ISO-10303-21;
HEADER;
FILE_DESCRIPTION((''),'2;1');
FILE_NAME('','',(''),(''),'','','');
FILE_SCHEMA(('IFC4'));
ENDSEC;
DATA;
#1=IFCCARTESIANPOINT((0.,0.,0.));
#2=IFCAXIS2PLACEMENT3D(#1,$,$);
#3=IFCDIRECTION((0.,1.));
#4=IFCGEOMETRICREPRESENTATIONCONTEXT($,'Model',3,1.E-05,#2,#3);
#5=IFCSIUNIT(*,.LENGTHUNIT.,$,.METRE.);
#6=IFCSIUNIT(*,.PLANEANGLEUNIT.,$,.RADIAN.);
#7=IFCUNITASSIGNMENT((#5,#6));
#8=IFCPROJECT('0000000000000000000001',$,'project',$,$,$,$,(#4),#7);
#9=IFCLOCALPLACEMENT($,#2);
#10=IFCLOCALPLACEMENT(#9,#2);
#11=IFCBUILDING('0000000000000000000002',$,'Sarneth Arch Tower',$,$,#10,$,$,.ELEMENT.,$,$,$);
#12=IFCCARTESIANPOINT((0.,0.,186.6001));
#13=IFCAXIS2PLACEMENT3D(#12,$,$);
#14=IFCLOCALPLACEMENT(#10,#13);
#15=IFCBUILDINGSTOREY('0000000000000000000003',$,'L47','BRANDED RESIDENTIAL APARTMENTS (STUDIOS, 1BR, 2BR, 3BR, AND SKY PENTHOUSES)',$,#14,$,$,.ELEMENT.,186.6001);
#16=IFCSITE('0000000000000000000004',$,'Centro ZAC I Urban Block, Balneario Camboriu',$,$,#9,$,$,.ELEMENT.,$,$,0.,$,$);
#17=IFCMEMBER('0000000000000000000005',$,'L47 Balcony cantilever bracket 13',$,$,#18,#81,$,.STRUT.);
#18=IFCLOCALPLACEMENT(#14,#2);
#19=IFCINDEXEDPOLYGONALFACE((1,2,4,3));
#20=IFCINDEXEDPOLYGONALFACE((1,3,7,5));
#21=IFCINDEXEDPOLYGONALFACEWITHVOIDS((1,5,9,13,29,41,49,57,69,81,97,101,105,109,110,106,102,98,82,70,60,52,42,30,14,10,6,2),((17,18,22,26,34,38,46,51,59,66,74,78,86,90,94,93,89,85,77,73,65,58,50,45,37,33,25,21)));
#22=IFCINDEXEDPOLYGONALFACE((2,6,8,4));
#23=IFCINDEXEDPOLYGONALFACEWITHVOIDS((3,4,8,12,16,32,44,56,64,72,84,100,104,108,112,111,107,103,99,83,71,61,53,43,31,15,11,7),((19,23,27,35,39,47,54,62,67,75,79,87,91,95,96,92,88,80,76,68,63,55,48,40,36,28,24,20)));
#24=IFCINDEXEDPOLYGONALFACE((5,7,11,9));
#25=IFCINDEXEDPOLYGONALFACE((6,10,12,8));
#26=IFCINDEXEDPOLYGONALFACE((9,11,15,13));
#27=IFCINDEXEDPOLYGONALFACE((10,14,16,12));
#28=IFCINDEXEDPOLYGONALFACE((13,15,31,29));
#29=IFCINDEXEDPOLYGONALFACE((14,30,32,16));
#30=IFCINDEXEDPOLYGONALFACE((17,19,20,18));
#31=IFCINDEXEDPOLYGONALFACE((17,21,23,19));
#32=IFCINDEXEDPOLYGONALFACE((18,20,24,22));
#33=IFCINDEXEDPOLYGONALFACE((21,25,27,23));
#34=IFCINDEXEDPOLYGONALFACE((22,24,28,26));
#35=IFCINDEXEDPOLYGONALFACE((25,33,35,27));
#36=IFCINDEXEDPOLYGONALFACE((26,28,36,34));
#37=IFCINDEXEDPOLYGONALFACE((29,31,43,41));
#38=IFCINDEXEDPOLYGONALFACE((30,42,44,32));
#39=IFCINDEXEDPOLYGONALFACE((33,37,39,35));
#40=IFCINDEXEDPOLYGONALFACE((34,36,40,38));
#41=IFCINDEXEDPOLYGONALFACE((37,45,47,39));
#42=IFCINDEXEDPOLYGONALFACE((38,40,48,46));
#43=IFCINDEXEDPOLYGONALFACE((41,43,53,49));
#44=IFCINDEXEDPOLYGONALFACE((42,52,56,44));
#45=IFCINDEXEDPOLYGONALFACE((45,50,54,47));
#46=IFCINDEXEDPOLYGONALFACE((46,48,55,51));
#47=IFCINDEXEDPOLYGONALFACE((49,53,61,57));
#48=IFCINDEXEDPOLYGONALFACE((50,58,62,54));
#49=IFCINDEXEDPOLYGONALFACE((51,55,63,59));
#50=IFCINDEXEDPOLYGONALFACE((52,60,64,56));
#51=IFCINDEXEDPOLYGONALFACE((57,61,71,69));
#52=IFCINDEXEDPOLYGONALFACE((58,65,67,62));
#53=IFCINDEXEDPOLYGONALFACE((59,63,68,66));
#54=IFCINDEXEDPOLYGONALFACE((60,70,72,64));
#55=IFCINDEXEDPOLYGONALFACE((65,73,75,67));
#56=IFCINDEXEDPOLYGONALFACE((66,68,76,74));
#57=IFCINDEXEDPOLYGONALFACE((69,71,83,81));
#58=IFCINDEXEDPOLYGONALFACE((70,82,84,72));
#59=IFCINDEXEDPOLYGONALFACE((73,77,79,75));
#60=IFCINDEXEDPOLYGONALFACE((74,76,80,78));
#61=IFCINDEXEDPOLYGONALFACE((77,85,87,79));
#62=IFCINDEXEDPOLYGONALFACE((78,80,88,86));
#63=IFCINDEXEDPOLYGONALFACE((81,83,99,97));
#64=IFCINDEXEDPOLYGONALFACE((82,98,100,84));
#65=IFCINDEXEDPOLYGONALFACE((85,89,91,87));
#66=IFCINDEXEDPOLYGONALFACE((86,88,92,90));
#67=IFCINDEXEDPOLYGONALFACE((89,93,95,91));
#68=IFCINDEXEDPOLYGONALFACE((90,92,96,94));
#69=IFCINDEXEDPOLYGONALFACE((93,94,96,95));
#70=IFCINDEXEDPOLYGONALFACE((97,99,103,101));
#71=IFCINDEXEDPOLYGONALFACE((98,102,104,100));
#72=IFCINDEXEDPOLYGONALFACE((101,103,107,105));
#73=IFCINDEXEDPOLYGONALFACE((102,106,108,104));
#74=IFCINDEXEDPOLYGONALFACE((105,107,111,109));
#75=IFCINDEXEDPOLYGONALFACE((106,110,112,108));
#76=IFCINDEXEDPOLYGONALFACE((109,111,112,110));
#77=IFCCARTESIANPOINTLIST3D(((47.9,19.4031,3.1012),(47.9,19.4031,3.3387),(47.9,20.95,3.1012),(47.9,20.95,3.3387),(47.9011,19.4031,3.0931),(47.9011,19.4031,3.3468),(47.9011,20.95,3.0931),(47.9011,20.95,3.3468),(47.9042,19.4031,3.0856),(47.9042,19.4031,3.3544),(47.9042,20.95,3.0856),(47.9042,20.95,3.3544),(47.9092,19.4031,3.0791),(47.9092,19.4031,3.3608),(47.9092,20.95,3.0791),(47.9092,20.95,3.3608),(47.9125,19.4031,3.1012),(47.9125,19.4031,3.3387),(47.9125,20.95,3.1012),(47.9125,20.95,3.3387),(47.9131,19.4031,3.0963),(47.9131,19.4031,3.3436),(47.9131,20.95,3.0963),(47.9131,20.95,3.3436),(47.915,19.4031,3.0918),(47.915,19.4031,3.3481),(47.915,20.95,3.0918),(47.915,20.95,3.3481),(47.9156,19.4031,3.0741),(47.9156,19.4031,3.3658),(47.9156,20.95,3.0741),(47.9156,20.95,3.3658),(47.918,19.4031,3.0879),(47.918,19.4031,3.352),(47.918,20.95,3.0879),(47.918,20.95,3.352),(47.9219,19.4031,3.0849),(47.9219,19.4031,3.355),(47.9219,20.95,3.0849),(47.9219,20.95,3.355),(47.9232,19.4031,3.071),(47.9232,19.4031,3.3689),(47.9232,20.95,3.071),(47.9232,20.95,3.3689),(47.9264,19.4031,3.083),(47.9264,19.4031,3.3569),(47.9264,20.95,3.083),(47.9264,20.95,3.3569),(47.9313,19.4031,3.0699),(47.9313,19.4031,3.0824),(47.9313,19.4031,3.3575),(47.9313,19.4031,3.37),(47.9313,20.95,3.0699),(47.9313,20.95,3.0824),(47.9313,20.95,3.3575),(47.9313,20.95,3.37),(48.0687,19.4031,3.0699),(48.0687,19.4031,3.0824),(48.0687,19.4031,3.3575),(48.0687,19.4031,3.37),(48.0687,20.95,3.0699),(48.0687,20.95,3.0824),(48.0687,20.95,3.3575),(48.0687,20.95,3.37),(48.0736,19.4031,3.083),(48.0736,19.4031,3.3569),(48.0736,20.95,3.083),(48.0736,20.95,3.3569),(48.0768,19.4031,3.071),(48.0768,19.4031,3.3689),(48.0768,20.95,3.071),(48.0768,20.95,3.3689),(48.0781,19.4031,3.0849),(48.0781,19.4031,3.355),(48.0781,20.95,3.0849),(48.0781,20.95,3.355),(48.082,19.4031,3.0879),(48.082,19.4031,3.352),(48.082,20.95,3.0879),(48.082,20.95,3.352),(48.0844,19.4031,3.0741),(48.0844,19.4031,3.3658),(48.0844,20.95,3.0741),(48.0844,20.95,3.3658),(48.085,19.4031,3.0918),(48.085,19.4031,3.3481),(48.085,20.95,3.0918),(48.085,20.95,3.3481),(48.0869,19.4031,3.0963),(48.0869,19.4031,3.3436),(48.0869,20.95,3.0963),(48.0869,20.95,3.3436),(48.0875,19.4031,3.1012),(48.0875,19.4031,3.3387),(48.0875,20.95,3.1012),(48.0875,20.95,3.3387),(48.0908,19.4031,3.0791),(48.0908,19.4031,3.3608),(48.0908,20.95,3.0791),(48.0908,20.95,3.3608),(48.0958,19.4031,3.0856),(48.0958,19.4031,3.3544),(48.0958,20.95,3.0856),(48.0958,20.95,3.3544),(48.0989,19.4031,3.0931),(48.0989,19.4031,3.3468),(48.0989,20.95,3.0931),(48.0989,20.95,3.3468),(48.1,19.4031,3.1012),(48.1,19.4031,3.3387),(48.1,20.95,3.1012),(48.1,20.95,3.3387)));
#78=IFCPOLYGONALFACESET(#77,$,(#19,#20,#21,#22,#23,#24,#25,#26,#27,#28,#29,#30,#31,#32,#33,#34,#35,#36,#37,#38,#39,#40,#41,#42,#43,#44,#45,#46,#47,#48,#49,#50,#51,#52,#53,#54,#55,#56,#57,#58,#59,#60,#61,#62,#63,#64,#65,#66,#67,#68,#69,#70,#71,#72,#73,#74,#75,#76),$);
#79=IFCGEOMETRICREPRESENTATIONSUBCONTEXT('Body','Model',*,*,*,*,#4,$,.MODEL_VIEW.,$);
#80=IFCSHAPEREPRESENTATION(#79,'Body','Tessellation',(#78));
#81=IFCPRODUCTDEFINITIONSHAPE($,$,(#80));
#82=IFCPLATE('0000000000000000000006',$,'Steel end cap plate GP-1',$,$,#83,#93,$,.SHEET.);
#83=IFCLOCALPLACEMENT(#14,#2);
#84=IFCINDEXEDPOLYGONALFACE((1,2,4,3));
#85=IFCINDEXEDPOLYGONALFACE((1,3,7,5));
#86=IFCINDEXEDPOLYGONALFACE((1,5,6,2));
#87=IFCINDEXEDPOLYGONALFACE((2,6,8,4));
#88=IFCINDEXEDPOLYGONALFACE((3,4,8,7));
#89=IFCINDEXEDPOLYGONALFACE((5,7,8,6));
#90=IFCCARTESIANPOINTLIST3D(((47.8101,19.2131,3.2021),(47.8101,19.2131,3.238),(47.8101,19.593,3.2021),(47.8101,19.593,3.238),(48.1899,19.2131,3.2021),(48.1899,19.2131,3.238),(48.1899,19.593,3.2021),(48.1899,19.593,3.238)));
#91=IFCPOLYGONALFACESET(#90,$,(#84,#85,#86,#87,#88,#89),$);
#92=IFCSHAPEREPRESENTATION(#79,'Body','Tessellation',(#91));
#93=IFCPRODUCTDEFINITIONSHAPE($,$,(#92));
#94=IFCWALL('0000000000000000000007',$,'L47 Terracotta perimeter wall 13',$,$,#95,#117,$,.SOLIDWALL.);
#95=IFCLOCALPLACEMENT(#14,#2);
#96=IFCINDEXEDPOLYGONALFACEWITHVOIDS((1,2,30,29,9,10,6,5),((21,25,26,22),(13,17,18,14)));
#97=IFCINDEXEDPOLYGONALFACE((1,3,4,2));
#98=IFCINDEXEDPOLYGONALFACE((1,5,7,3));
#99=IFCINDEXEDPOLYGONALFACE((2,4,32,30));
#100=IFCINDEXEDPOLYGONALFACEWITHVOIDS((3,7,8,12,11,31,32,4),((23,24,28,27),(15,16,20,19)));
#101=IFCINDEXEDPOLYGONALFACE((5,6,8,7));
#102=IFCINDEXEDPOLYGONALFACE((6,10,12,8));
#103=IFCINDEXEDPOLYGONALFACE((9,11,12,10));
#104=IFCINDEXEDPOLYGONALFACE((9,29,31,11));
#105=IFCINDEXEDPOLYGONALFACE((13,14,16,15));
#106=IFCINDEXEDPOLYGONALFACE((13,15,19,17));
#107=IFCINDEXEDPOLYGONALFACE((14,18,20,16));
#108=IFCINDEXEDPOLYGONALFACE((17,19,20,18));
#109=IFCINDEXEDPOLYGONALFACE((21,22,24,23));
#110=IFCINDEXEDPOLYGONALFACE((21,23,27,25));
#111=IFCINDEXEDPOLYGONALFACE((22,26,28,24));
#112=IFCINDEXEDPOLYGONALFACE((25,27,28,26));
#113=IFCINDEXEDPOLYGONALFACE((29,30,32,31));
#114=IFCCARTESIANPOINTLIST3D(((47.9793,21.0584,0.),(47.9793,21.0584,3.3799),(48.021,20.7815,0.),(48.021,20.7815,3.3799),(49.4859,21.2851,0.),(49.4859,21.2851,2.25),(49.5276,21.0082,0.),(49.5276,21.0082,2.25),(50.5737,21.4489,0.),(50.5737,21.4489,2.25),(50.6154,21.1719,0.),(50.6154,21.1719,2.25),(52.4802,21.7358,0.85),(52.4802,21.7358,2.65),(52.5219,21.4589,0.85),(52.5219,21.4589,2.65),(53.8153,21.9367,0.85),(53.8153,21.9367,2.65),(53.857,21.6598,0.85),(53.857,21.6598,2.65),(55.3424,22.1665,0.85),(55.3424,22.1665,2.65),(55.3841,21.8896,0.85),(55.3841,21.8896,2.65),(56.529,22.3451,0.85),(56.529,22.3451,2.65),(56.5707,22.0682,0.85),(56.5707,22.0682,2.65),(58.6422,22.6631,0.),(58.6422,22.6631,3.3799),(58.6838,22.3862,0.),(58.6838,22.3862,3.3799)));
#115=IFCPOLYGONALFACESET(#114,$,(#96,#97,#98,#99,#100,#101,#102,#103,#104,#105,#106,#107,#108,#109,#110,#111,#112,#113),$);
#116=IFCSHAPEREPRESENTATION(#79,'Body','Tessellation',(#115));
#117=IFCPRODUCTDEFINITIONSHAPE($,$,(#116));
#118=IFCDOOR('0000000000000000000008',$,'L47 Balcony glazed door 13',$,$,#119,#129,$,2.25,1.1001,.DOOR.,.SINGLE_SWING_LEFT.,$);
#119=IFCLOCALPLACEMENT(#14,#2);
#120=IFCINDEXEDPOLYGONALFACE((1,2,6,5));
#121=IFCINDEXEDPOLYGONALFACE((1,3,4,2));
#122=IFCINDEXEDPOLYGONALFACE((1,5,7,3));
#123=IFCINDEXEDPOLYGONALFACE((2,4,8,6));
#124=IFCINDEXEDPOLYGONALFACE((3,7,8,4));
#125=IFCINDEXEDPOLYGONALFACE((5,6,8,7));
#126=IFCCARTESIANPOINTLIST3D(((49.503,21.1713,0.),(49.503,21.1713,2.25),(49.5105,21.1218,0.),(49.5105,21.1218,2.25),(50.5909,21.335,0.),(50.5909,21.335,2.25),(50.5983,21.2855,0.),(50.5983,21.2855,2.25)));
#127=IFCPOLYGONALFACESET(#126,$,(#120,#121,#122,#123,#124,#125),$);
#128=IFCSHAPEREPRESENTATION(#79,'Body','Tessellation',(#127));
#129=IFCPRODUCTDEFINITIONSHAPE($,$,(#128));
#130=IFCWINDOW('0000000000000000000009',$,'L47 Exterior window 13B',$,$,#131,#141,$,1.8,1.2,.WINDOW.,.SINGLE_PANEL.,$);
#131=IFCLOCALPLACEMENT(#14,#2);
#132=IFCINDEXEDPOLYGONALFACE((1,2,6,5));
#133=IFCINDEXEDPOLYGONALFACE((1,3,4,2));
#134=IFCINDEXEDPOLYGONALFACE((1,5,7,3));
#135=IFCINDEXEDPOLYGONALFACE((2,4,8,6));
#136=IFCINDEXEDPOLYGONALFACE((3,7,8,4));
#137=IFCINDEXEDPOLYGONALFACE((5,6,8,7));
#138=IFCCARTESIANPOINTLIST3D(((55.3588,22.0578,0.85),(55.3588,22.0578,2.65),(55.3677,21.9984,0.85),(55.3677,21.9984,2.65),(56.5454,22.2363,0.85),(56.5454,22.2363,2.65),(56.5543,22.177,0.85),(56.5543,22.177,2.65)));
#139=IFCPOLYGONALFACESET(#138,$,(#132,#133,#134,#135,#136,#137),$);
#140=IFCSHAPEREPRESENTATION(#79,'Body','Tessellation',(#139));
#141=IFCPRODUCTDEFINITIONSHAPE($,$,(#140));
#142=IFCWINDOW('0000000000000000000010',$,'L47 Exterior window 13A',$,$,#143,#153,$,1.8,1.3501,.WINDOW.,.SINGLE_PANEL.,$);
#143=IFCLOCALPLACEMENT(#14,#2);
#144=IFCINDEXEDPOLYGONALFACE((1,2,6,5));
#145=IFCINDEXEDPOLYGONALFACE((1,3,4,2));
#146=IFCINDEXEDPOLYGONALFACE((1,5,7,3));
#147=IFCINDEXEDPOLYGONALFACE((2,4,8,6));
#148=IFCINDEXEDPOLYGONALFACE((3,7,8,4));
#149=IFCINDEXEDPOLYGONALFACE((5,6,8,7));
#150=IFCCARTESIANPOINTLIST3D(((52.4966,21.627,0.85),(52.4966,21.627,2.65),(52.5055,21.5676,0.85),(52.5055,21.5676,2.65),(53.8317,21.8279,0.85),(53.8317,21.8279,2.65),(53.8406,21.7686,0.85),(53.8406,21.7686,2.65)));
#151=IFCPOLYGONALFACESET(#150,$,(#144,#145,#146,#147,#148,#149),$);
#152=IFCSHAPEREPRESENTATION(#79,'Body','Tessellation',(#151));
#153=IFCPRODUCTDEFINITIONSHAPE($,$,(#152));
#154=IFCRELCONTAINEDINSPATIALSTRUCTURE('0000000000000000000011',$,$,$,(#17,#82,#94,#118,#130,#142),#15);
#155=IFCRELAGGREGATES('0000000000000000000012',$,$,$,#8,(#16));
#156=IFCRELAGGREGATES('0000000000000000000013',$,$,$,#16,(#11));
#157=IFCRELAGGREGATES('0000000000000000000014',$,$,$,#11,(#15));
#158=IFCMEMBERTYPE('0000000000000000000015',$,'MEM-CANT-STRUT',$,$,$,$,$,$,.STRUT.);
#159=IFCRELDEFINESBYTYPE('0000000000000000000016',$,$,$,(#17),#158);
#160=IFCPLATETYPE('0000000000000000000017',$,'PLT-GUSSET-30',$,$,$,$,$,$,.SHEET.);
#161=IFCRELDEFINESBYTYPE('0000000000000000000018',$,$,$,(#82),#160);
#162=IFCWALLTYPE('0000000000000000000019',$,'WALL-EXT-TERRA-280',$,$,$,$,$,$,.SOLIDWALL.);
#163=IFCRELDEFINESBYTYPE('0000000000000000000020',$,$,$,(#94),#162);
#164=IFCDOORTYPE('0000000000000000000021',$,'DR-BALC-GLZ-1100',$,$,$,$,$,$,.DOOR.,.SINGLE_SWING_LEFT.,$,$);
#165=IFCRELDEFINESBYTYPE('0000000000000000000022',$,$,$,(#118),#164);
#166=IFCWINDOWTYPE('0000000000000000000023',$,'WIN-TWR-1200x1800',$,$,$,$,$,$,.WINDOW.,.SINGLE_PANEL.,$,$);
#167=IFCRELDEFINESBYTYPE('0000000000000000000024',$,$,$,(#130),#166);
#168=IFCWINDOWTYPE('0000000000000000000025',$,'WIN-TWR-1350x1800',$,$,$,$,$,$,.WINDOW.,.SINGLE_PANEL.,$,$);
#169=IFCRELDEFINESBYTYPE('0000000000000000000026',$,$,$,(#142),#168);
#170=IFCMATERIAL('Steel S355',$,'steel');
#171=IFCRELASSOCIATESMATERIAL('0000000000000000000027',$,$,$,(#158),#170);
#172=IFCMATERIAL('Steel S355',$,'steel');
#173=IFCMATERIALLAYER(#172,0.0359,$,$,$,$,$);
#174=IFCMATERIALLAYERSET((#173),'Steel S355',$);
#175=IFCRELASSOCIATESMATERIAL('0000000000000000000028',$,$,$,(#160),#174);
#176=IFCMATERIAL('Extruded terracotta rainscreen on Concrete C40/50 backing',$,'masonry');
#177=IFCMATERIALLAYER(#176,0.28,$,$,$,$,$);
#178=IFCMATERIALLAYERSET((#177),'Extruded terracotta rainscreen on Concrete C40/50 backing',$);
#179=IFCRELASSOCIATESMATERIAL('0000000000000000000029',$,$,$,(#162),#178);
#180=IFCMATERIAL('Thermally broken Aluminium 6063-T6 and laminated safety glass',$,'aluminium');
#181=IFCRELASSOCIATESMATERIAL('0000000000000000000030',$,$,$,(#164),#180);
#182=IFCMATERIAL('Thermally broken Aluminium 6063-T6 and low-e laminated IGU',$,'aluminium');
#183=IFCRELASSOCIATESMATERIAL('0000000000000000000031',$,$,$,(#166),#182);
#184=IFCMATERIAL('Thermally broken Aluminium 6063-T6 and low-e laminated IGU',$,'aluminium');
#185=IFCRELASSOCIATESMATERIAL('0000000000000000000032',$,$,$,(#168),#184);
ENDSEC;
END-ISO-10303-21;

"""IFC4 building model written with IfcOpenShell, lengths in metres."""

from ifc_helpers import new_model, si_unit, direction, frame, frame_2d, origin, origin_2d, place, context, subcontext, project, spatial, rectangle, hollow_rectangle, extrude, material, layer, layer_set, material_profile, profile_set, type_object, element, fill, save


model = new_model("IFC4")

# Units and contexts
model_context = context("Model", 3, precision=1e-05, world=origin(), true_north=direction((0.0, 1.0)))
body_context = subcontext(model_context, "Body", "Model", "MODEL_VIEW")
ifc_project = project(units=[si_unit("LENGTHUNIT", "METRE"), si_unit("PLANEANGLEUNIT", "RADIAN")], contexts=[model_context])

# Site, building, storey
site_placement = place(None, origin())
site = spatial("IfcSite", under=ifc_project, at=site_placement, Name="Centro ZAC I Urban Block, Balneario Camboriu", CompositionType="ELEMENT", RefElevation=0.0)
building_placement = place(site_placement, origin())
building = spatial("IfcBuilding", under=site, at=building_placement, Name="Sarneth Arch Tower", CompositionType="ELEMENT")
storey_placement = place(building_placement, frame((0.0, 0.0, 186.6001)))
storey = spatial("IfcBuildingStorey", under=building, at=storey_placement, Name="L47", Description="BRANDED RESIDENTIAL APARTMENTS (STUDIOS, 1BR, 2BR, 3BR, AND SKY PENTHOUSES)", CompositionType="ELEMENT", Elevation=186.6001)

# Member
ifc_material_1 = material(Name="Steel S355", Category="steel")
ifc_material_profile_1 = material_profile(ifc_material_1, hollow_rectangle(XDim=0.2, YDim=0.3, WallThickness=0.0125, InnerFilletRadius=0.0188, OuterFilletRadius=0.0312, at=origin_2d()), Name="RHS300x200x12.5")
ifc_profile_set_1 = profile_set([ifc_material_profile_1], Name="Steel S355")
member_type_1 = type_object("IfcMemberType", Name="MEM-CANT-STRUT", PredefinedType="STRUT", material=ifc_profile_set_1)
member_1_placement = place(storey_placement, frame((48.0, 20.95, 3.22), z_axis=(0.0, -1.0, 0.0), x_axis=(1.0, 0.0, 0.0)))
element("IfcMember", 1, at=member_1_placement, inside=storey, type_object=member_type_1, Name="L47 Balcony cantilever bracket 13", PredefinedType="STRUT", context=body_context, shape_type="SweptSolid", body=[
    extrude(hollow_rectangle(XDim=0.2, YDim=0.3, WallThickness=0.0125, InnerFilletRadius=0.0188, OuterFilletRadius=0.0312, at=origin_2d()), origin(), (0.0, 0.0, 1.0), 1.5469),
])

# Plate
ifc_material_2 = material(Name="Steel S355", Category="steel")
ifc_layer_1 = layer(ifc_material_2, 0.0359)
ifc_layer_set_1 = layer_set([ifc_layer_1], Name="Steel S355")
plate_type = type_object("IfcPlateType", Name="PLT-GUSSET-30", PredefinedType="SHEET", material=ifc_layer_set_1)
plate_placement = place(storey_placement, frame((48.0, 19.4031, 3.2021), z_axis=(0.0, 0.0, 1.0), x_axis=(0.0, -1.0, 0.0)))
element("IfcPlate", 2, at=plate_placement, inside=storey, type_object=plate_type, Name="Steel end cap plate GP-1", PredefinedType="SHEET", context=body_context, shape_type="SweptSolid", body=[
    extrude(rectangle(XDim=0.3799, YDim=0.3799, at=origin_2d()), origin(), (0.0, 0.0, 1.0), 0.0359),
])

# Wall, openings, door, windows
ifc_material_3 = material(Name="Extruded terracotta rainscreen on Concrete C40/50 backing", Category="masonry")
ifc_layer_2 = layer(ifc_material_3, 0.28)
ifc_layer_set_2 = layer_set([ifc_layer_2], Name="Extruded terracotta rainscreen on Concrete C40/50 backing")
wall_type_1 = type_object("IfcWallType", Name="WALL-EXT-TERRA-280", PredefinedType="SOLIDWALL", material=ifc_layer_set_2)
wall_1_placement = place(storey_placement, frame((48.0, 20.9199, 0.0), z_axis=(0.0, 0.0, 1.0), x_axis=(0.988864, 0.148822, 0.0)))
wall_1 = element("IfcWall", 3, at=wall_1_placement, inside=storey, type_object=wall_type_1, Name="L47 Terracotta perimeter wall 13", PredefinedType="SOLIDWALL", context=body_context, shape_type="SweptSolid", body=[
    extrude(rectangle(XDim=10.783, YDim=0.28, at=frame_2d((5.3916, 0.0))), origin(), (0.0, 0.0, 1.0), 3.3799),
])
opening_1_placement = place(wall_1_placement, frame((1.5237, 0.0, 0.0)))
opening_1 = element("IfcOpeningElement", 4, at=opening_1_placement, cuts=wall_1, PredefinedType="OPENING", context=body_context, shape_type="SweptSolid", body=[
    extrude(rectangle(XDim=1.1001, YDim=2.25, at=frame_2d((0.55, 1.125))), frame((0.0, 0.1499, 0.0), z_axis=(0.0, -1.0, 0.0), x_axis=(1.0, 0.0, 0.0)), (0.0, 0.0, 1.0), 0.3),
])
opening_2_placement = place(wall_1_placement, frame((4.5518, 0.0, 0.8501)))
opening_2 = element("IfcOpeningElement", 5, at=opening_2_placement, cuts=wall_1, PredefinedType="OPENING", context=body_context, shape_type="SweptSolid", body=[
    extrude(rectangle(XDim=1.3501, YDim=1.8, at=frame_2d((0.675, 0.8999))), frame((0.0, 0.1499, 0.0), z_axis=(0.0, -1.0, 0.0), x_axis=(1.0, 0.0, 0.0)), (0.0, 0.0, 1.0), 0.3),
])
opening_3_placement = place(wall_1_placement, frame((7.446, 0.0, 0.8501)))
opening_3 = element("IfcOpeningElement", 6, at=opening_3_placement, cuts=wall_1, PredefinedType="OPENING", context=body_context, shape_type="SweptSolid", body=[
    extrude(rectangle(XDim=1.2, YDim=1.8, at=frame_2d((0.6001, 0.8999))), frame((0.0, 0.1499, 0.0), z_axis=(0.0, -1.0, 0.0), x_axis=(1.0, 0.0, 0.0)), (0.0, 0.0, 1.0), 0.3),
])
ifc_material_4 = material(Name="Thermally broken Aluminium 6063-T6 and laminated safety glass", Category="aluminium")
door_type_1 = type_object("IfcDoorType", Name="DR-BALC-GLZ-1100", OperationType="SINGLE_SWING_LEFT", PredefinedType="DOOR", material=ifc_material_4)
door_1_placement = place(opening_1_placement, origin())
door_1 = element("IfcDoor", 7, at=door_1_placement, inside=storey, type_object=door_type_1, Name="L47 Balcony glazed door 13", OperationType="SINGLE_SWING_LEFT", OverallHeight=2.25, OverallWidth=1.1001, PredefinedType="DOOR", context=body_context, shape_type="SweptSolid", body=[
    extrude(rectangle(XDim=1.1001, YDim=2.25, at=frame_2d((0.55, 1.125))), frame((0.0, 0.0249, 0.0), z_axis=(0.0, -1.0, 0.0), x_axis=(1.0, 0.0, 0.0)), (0.0, 0.0, 1.0), 0.05),
])
fill(opening_1, door_1)
ifc_material_5 = material(Name="Thermally broken Aluminium 6063-T6 and low-e laminated IGU", Category="aluminium")
window_type_1 = type_object("IfcWindowType", Name="WIN-TWR-1200x1800", PartitioningType="SINGLE_PANEL", PredefinedType="WINDOW", material=ifc_material_5)
window_1_placement = place(opening_3_placement, origin())
window_1 = element("IfcWindow", 8, at=window_1_placement, inside=storey, type_object=window_type_1, Name="L47 Exterior window 13B", OverallHeight=1.8, OverallWidth=1.2, PartitioningType="SINGLE_PANEL", PredefinedType="WINDOW", context=body_context, shape_type="SweptSolid", body=[
    extrude(rectangle(XDim=1.2, YDim=1.8, at=frame_2d((0.6001, 0.8999))), frame((0.0, 0.03, 0.0), z_axis=(0.0, -1.0, 0.0), x_axis=(1.0, 0.0, 0.0)), (0.0, 0.0, 1.0), 0.0601),
])
fill(opening_3, window_1)
ifc_material_6 = material(Name="Thermally broken Aluminium 6063-T6 and low-e laminated IGU", Category="aluminium")
window_type_2 = type_object("IfcWindowType", Name="WIN-TWR-1350x1800", PartitioningType="SINGLE_PANEL", PredefinedType="WINDOW", material=ifc_material_6)
window_2_placement = place(opening_2_placement, origin())
window_2 = element("IfcWindow", 9, at=window_2_placement, inside=storey, type_object=window_type_2, Name="L47 Exterior window 13A", OverallHeight=1.8, OverallWidth=1.3501, PartitioningType="SINGLE_PANEL", PredefinedType="WINDOW", context=body_context, shape_type="SweptSolid", body=[
    extrude(rectangle(XDim=1.3501, YDim=1.8, at=frame_2d((0.675, 0.8999))), frame((0.0, 0.03, 0.0), z_axis=(0.0, -1.0, 0.0), x_axis=(1.0, 0.0, 0.0)), (0.0, 0.0, 1.0), 0.0601),
])
fill(opening_2, window_2)

save(model, "model.ifc")
